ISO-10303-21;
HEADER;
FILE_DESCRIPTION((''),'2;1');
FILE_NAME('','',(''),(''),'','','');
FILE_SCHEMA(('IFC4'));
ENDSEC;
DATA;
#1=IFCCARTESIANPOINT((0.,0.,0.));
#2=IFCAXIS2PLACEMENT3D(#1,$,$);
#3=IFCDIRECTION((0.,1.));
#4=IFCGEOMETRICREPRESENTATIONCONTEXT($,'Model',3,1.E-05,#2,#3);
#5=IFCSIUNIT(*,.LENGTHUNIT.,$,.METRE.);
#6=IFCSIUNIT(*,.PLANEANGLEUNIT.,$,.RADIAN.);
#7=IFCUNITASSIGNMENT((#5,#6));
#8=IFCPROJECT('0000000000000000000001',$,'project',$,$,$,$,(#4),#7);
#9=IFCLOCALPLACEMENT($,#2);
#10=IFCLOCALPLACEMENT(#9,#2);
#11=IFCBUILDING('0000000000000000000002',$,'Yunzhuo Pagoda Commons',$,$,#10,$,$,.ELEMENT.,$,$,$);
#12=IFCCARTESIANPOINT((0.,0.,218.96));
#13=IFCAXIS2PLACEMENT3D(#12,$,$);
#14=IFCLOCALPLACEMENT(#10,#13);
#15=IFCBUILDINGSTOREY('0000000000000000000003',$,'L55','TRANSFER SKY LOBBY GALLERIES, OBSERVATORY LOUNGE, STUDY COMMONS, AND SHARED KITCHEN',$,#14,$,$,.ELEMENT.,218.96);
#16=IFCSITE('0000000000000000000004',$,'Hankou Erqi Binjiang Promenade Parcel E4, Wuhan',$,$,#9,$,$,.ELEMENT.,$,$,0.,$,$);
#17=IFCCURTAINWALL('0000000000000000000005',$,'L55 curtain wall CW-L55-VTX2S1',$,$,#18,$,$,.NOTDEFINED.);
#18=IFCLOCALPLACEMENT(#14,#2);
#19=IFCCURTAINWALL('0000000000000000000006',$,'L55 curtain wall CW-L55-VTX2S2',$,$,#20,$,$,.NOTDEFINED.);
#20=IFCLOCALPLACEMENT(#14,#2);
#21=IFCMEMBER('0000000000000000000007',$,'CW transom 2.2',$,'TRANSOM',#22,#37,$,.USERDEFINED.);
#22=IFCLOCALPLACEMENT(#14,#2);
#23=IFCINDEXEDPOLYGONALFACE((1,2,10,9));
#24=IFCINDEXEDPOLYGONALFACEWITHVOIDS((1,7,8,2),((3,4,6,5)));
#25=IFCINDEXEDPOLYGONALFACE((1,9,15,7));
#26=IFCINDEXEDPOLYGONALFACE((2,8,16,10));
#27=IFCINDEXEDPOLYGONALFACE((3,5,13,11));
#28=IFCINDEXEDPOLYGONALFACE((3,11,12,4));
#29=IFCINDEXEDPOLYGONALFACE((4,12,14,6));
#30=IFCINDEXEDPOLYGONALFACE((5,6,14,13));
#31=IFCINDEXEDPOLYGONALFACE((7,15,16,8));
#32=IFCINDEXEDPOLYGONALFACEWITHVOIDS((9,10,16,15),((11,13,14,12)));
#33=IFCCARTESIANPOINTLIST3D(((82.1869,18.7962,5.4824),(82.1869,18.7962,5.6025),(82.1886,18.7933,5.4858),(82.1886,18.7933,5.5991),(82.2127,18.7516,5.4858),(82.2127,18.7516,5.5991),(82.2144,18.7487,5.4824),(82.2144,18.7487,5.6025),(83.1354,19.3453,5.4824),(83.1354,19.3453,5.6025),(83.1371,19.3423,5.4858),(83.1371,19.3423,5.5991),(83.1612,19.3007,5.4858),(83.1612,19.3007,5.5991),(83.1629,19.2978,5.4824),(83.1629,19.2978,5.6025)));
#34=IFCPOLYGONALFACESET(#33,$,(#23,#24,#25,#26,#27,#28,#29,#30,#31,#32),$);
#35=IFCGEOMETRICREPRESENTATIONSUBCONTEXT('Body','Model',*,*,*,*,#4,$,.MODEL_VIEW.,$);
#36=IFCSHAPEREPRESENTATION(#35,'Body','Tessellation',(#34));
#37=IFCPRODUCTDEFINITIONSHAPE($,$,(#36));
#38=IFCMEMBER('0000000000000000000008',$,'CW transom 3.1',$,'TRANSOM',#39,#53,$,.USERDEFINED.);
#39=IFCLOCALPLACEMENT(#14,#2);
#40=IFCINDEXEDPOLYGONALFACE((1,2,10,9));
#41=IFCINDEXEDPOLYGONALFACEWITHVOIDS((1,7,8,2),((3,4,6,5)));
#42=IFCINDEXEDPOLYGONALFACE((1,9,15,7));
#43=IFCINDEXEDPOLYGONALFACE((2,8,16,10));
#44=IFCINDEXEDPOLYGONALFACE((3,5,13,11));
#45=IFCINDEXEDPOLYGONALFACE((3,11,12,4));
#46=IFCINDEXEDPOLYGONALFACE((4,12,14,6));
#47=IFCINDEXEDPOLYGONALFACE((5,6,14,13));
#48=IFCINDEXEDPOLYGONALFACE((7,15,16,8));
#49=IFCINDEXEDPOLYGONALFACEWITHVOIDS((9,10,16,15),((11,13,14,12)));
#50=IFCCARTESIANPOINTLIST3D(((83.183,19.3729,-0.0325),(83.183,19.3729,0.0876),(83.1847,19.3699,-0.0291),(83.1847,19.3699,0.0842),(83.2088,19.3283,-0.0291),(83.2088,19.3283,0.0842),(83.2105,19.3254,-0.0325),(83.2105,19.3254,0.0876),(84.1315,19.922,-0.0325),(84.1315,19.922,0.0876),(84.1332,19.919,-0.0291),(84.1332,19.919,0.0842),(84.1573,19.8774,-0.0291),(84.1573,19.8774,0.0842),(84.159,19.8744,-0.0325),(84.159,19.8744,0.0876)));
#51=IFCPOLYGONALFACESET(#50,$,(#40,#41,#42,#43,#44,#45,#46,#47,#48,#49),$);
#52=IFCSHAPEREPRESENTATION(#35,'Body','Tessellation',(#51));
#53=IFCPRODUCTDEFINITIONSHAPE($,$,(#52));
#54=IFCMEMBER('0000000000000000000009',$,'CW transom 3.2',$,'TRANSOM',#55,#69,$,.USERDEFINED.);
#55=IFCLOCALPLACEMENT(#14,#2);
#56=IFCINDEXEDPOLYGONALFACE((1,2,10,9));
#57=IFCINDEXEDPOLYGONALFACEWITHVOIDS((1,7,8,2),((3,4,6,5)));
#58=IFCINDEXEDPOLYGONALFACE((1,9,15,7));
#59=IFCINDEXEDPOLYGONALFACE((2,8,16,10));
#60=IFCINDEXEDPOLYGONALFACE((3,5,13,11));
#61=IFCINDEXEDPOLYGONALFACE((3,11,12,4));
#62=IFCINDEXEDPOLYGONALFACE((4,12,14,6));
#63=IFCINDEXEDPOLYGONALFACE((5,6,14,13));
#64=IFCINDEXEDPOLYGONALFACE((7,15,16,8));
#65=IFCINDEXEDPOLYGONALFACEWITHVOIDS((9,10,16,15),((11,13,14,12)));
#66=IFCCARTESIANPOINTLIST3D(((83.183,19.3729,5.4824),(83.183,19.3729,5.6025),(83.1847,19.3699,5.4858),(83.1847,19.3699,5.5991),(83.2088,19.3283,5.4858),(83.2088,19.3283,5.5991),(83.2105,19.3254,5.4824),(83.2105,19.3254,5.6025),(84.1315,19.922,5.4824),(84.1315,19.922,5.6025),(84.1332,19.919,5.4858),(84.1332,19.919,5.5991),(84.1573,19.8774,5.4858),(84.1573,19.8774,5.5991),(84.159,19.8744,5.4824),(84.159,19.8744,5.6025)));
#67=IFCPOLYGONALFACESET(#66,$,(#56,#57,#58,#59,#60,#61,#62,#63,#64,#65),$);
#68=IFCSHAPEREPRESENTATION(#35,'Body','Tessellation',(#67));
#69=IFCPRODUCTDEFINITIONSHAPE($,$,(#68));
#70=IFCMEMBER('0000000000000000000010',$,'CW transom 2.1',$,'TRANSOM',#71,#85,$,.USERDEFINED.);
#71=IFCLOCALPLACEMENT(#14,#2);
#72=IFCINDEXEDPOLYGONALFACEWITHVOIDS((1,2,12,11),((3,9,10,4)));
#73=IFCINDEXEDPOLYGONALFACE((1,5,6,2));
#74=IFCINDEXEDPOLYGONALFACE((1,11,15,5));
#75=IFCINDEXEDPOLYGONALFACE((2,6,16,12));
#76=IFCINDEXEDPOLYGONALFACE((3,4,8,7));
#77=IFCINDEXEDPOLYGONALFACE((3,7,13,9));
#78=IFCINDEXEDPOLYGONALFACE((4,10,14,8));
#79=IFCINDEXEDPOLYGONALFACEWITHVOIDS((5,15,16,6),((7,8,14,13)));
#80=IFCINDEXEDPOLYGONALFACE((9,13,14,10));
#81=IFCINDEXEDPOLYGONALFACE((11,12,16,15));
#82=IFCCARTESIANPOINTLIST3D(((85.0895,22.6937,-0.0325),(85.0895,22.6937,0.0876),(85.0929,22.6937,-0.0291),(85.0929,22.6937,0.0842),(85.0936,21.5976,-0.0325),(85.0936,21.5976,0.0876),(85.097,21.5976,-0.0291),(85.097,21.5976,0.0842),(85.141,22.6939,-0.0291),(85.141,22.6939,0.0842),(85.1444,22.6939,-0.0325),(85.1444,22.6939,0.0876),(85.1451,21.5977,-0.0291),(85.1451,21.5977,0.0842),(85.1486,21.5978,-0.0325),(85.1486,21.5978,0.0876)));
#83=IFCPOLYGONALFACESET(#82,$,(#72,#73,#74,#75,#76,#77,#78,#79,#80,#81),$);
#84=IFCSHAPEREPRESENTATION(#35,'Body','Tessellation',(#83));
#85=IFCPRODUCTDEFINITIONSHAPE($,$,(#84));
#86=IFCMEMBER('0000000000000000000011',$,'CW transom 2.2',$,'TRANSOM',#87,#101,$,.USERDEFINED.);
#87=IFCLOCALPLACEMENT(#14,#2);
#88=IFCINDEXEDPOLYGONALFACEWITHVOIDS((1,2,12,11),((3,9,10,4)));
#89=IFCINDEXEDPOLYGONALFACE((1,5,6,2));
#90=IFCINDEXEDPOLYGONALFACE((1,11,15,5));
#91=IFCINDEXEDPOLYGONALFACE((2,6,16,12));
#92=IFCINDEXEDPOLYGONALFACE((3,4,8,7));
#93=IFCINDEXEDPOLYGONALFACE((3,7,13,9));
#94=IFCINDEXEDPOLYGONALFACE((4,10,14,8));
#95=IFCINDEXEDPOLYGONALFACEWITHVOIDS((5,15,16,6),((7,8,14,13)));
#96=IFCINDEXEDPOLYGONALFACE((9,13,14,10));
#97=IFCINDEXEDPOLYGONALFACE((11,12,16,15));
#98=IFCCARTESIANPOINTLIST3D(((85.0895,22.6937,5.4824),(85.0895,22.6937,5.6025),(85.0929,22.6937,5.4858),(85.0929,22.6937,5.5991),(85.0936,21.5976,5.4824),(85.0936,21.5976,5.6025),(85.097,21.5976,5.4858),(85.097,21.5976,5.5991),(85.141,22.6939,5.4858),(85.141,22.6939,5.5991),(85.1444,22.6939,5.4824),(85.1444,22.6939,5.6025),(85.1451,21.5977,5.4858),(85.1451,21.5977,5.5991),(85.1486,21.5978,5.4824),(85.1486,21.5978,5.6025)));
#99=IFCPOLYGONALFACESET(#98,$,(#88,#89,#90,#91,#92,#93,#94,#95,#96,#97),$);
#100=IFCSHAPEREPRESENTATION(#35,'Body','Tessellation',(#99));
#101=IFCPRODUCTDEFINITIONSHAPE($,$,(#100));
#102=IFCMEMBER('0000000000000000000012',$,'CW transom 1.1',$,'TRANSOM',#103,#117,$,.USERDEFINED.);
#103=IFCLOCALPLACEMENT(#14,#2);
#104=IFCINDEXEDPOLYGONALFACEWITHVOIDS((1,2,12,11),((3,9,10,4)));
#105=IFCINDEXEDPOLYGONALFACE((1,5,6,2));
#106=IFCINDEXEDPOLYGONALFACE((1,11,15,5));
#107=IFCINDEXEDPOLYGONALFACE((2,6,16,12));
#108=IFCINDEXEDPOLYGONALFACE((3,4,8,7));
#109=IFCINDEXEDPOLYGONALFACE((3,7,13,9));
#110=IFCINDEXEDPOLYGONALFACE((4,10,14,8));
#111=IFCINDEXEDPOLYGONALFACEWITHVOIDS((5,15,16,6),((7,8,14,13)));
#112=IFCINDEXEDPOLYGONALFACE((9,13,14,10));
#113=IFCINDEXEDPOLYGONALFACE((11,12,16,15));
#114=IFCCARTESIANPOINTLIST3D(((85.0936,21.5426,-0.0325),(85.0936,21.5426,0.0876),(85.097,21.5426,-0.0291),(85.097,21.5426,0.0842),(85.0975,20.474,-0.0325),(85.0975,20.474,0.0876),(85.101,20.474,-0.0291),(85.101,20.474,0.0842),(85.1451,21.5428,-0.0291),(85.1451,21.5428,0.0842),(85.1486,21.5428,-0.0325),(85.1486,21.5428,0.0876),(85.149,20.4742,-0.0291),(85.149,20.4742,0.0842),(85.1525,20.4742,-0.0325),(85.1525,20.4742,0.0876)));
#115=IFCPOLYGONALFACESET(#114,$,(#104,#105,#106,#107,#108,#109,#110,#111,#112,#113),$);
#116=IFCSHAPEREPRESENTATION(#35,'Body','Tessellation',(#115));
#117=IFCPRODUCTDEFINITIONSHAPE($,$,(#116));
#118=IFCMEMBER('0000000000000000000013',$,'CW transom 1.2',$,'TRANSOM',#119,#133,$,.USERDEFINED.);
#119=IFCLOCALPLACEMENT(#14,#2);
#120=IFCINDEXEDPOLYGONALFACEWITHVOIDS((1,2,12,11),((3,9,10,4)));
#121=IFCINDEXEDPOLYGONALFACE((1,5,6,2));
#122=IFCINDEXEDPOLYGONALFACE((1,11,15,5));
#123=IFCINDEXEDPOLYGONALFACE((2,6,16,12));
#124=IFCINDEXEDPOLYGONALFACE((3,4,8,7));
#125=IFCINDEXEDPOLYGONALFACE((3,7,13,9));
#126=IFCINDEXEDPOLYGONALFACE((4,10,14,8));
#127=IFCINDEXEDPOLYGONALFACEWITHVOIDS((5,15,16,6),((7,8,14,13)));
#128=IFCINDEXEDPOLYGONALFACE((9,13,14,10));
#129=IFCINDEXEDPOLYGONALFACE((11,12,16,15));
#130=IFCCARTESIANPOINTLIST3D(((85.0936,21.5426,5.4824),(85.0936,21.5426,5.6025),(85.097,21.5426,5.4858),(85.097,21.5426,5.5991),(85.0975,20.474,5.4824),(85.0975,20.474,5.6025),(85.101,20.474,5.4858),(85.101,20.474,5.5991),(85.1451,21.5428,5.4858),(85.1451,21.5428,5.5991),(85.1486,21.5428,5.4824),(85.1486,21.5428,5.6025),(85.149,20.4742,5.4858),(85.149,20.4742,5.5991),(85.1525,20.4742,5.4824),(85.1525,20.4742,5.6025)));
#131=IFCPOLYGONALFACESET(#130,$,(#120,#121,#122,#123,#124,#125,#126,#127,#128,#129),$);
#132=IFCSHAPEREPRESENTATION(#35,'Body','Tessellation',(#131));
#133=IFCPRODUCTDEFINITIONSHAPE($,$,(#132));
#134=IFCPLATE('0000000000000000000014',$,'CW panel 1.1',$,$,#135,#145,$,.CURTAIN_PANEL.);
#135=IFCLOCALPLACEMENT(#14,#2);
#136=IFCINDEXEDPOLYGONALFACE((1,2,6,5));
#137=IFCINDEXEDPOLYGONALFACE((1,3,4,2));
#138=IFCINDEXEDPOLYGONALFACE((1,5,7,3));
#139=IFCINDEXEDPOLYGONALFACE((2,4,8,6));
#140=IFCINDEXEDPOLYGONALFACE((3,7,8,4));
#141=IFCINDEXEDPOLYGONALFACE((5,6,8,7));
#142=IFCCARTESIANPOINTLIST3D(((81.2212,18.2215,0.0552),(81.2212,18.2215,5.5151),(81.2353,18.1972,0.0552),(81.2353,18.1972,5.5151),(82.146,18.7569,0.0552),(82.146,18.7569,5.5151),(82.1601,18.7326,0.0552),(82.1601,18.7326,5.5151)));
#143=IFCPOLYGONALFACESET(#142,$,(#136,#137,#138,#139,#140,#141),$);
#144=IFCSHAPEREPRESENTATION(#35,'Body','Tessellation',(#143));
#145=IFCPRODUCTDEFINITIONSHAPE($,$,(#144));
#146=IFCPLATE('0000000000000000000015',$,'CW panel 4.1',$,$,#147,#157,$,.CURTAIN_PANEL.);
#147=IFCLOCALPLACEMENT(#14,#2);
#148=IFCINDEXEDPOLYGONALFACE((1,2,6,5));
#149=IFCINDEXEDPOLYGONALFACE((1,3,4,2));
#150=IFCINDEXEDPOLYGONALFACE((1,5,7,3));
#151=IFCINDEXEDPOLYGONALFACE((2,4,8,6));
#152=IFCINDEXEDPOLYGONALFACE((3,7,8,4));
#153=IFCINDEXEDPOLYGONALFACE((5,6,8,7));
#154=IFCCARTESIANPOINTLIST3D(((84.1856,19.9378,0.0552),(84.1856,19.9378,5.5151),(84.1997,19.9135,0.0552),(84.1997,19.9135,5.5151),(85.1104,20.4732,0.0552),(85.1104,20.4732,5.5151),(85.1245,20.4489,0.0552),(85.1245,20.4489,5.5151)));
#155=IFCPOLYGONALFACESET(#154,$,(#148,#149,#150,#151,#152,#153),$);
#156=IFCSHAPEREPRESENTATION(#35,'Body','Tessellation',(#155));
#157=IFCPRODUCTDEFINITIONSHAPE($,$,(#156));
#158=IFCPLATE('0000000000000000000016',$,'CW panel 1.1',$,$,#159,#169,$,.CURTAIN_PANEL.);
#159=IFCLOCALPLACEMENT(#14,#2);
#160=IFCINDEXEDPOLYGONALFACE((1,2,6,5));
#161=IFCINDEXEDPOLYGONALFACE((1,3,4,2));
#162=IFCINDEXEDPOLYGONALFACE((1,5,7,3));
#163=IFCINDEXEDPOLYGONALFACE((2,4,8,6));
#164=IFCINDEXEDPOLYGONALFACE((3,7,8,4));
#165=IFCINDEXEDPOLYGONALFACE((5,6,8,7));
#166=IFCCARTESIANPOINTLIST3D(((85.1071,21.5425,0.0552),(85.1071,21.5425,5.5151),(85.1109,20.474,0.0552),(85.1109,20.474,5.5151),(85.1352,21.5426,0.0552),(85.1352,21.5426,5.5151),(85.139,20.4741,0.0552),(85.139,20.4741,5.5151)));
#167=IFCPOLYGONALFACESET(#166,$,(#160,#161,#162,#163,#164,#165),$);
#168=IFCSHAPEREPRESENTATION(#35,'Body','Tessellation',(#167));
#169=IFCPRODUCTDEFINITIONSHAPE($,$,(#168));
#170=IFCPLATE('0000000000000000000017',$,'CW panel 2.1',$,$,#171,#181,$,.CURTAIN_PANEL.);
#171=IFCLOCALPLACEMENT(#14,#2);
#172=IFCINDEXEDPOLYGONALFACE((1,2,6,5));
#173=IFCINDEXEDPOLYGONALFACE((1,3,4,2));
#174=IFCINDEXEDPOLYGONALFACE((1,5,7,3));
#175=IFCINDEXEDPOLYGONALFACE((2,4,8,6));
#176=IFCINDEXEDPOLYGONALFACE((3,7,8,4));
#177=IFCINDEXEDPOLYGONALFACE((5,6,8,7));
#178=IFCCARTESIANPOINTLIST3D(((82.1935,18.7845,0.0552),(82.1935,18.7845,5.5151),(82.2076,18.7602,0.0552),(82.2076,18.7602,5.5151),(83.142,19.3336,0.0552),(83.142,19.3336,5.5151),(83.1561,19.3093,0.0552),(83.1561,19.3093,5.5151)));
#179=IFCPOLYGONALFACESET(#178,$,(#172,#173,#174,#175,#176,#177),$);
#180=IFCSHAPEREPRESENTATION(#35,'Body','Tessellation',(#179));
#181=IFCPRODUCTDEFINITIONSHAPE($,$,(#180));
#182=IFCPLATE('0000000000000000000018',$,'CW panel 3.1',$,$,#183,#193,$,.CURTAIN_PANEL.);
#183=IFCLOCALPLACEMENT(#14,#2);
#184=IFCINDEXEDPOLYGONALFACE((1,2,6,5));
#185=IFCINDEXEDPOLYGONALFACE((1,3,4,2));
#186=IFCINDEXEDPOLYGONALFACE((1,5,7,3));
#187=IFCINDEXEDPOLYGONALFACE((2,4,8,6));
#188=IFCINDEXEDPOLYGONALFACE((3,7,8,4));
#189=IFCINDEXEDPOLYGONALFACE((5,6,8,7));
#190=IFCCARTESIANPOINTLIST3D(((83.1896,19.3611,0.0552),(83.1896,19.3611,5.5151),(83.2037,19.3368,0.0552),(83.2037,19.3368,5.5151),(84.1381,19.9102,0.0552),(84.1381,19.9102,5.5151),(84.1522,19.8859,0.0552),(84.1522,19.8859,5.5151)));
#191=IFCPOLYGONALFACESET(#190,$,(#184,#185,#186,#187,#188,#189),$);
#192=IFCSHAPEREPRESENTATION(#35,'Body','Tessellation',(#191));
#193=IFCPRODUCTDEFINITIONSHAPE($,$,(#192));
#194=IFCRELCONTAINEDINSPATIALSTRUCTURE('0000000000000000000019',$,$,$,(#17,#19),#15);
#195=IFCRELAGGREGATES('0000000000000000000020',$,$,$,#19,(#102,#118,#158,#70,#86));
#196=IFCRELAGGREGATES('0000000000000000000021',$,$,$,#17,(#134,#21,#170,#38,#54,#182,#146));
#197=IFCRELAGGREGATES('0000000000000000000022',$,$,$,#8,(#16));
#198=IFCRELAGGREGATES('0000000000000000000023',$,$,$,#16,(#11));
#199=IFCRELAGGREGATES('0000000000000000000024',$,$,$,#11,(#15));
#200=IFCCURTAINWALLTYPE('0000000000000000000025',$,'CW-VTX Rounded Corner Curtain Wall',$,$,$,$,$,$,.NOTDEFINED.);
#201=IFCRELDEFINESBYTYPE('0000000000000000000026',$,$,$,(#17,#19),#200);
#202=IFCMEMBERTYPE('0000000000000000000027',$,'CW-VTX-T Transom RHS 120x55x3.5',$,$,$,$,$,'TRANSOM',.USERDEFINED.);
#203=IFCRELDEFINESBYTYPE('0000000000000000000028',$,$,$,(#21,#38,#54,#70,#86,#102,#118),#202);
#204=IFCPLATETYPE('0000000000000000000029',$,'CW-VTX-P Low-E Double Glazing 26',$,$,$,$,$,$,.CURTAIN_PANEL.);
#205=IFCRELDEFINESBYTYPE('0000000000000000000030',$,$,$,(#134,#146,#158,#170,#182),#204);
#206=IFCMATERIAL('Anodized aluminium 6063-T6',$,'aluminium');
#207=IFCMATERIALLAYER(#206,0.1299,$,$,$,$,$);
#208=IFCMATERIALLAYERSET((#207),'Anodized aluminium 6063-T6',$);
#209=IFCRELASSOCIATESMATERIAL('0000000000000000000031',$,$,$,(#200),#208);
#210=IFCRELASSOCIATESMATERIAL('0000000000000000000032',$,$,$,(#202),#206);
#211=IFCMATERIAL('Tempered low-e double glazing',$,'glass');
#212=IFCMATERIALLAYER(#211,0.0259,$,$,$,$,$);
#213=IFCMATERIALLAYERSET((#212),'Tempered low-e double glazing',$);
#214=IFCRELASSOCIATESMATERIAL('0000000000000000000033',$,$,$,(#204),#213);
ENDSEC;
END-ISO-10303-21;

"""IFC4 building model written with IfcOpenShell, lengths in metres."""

from ifc_helpers import new_model, si_unit, direction, frame, origin, origin_2d, place, context, subcontext, project, spatial, rectangle, hollow_rectangle, extrude, source, transform, mapped, material, layer, layer_set, material_profile, profile_set, type_object, element, aggregate, save


model = new_model("IFC4")

# Units and contexts
model_context = context("Model", 3, precision=1e-05, world=origin(), true_north=direction((0.0, 1.0)))
body_context = subcontext(model_context, "Body", "Model", "MODEL_VIEW")
ifc_project = project(units=[si_unit("LENGTHUNIT", "METRE"), si_unit("PLANEANGLEUNIT", "RADIAN")], contexts=[model_context])

# Site, building, storey
site_placement = place(None, origin())
site = spatial("IfcSite", under=ifc_project, at=site_placement, Name="Hankou Erqi Binjiang Promenade Parcel E4, Wuhan", CompositionType="ELEMENT", RefElevation=0.0)
building_placement = place(site_placement, origin())
building = spatial("IfcBuilding", under=site, at=building_placement, Name="Yunzhuo Pagoda Commons", CompositionType="ELEMENT")
storey_placement = place(building_placement, frame((0.0, 0.0, 218.96)))
storey = spatial("IfcBuildingStorey", under=building, at=storey_placement, Name="L55", Description="TRANSFER SKY LOBBY GALLERIES, OBSERVATORY LOUNGE, STUDY COMMONS, AND SHARED KITCHEN", CompositionType="ELEMENT", Elevation=218.96)

# Shared definitions
ifc_material_1 = material(Name="Anodized aluminium 6063-T6", Category="aluminium")

# Curtain wall
ifc_layer_1 = layer(ifc_material_1, 0.1299)
ifc_layer_set_1 = layer_set([ifc_layer_1], Name="Anodized aluminium 6063-T6")
curtain_wall_type_1 = type_object("IfcCurtainWallType", Name="CW-VTX Rounded Corner Curtain Wall", PredefinedType="NOTDEFINED", material=ifc_layer_set_1)
curtain_wall_1_placement = place(storey_placement, origin())
curtain_wall_1 = element("IfcCurtainWall", 1, at=curtain_wall_1_placement, inside=storey, type_object=curtain_wall_type_1, Name="L55 curtain wall CW-L55-VTX2S1", PredefinedType="NOTDEFINED")

# Curtain wall
curtain_wall_2_placement = place(storey_placement, origin())
curtain_wall_2 = element("IfcCurtainWall", 2, at=curtain_wall_2_placement, inside=storey, type_object=curtain_wall_type_1, Name="L55 curtain wall CW-L55-VTX2S2", PredefinedType="NOTDEFINED")

# Members
ifc_material_profile_1 = material_profile(ifc_material_1, hollow_rectangle(XDim=0.0549, YDim=0.1201, WallThickness=0.0034, at=origin_2d()), Name="Anodized aluminium 6063-T6")
ifc_profile_set_1 = profile_set([ifc_material_profile_1], Name="Anodized aluminium 6063-T6")
member_type_1 = type_object("IfcMemberType", Name="CW-VTX-T Transom RHS 120x55x3.5", ElementType="TRANSOM", PredefinedType="USERDEFINED", material=ifc_profile_set_1)
shared_shape_1 = source(origin(), body_context, "Body", "SweptSolid", [
    extrude(hollow_rectangle(XDim=0.0549, YDim=0.1201, WallThickness=0.0034, at=origin_2d()), origin(), (0.0, 0.0, 1.0), 1.0959),
])
member_1_placement = place(storey_placement, frame((82.2007, 18.7725, 5.5425), z_axis=(0.865447, 0.501001, 0.0), x_axis=(-0.501001, 0.865447, 0.0)))
member_1 = element("IfcMember", 3, at=member_1_placement, type_object=member_type_1, Name="CW transom 2.2", ObjectType="TRANSOM", PredefinedType="USERDEFINED", context=body_context, shape_type="MappedRepresentation", body=[
    mapped(shared_shape_1, transform((0.0, 0.0, 0.0), scale=1.0)),
])
member_2_placement = place(storey_placement, frame((83.1968, 19.3491, 0.0276), z_axis=(0.865447, 0.501001, 0.0), x_axis=(-0.501001, 0.865447, 0.0)))
member_2 = element("IfcMember", 4, at=member_2_placement, type_object=member_type_1, Name="CW transom 3.1", ObjectType="TRANSOM", PredefinedType="USERDEFINED", context=body_context, shape_type="MappedRepresentation", body=[
    mapped(shared_shape_1, transform((0.0, 0.0, 0.0), scale=1.0)),
])
member_3_placement = place(storey_placement, frame((83.1968, 19.3491, 5.5425), z_axis=(0.865447, 0.501001, 0.0), x_axis=(-0.501001, 0.865447, 0.0)))
member_3 = element("IfcMember", 5, at=member_3_placement, type_object=member_type_1, Name="CW transom 3.2", ObjectType="TRANSOM", PredefinedType="USERDEFINED", context=body_context, shape_type="MappedRepresentation", body=[
    mapped(shared_shape_1, transform((0.0, 0.0, 0.0), scale=1.0)),
])
shared_shape_2 = source(origin(), body_context, "Body", "SweptSolid", [
    extrude(hollow_rectangle(XDim=0.0549, YDim=0.1201, WallThickness=0.0034, at=origin_2d()), origin(), (0.0, 0.0, 1.0), 1.0962),
])
member_4_placement = place(storey_placement, frame((85.1211, 21.5977, 0.0276), z_axis=(-0.003786, 0.999993, 0.0), x_axis=(-0.999993, -0.003786, 0.0)))
member_4 = element("IfcMember", 6, at=member_4_placement, type_object=member_type_1, Name="CW transom 2.1", ObjectType="TRANSOM", PredefinedType="USERDEFINED", context=body_context, shape_type="MappedRepresentation", body=[
    mapped(shared_shape_2, transform((0.0, 0.0, 0.0), scale=1.0)),
])
member_5_placement = place(storey_placement, frame((85.1211, 21.5977, 5.5425), z_axis=(-0.003786, 0.999993, 0.0), x_axis=(-0.999993, -0.003786, 0.0)))
member_5 = element("IfcMember", 7, at=member_5_placement, type_object=member_type_1, Name="CW transom 2.2", ObjectType="TRANSOM", PredefinedType="USERDEFINED", context=body_context, shape_type="MappedRepresentation", body=[
    mapped(shared_shape_2, transform((0.0, 0.0, 0.0), scale=1.0)),
])
shared_shape_3 = source(origin(), body_context, "Body", "SweptSolid", [
    extrude(hollow_rectangle(XDim=0.0549, YDim=0.1201, WallThickness=0.0034, at=origin_2d()), origin(), (0.0, 0.0, 1.0), 1.0686),
])
member_6_placement = place(storey_placement, frame((85.125, 20.4741, 0.0276), z_axis=(-0.003655, 0.999993, 0.0), x_axis=(-0.999993, -0.003655, 0.0)))
member_6 = element("IfcMember", 8, at=member_6_placement, type_object=member_type_1, Name="CW transom 1.1", ObjectType="TRANSOM", PredefinedType="USERDEFINED", context=body_context, shape_type="MappedRepresentation", body=[
    mapped(shared_shape_3, transform((0.0, 0.0, 0.0), scale=1.0)),
])
member_7_placement = place(storey_placement, frame((85.125, 20.4741, 5.5425), z_axis=(-0.003655, 0.999993, 0.0), x_axis=(-0.999993, -0.003655, 0.0)))
member_7 = element("IfcMember", 9, at=member_7_placement, type_object=member_type_1, Name="CW transom 1.2", ObjectType="TRANSOM", PredefinedType="USERDEFINED", context=body_context, shape_type="MappedRepresentation", body=[
    mapped(shared_shape_3, transform((0.0, 0.0, 0.0), scale=1.0)),
])

# Plates
ifc_material_2 = material(Name="Tempered low-e double glazing", Category="glass")
ifc_layer_2 = layer(ifc_material_2, 0.0259)
ifc_layer_set_2 = layer_set([ifc_layer_2], Name="Tempered low-e double glazing")
plate_type = type_object("IfcPlateType", Name="CW-VTX-P Low-E Double Glazing 26", PredefinedType="CURTAIN_PANEL", material=ifc_layer_set_2)
shared_shape_4 = source(origin(), body_context, "Body", "SweptSolid", [
    extrude(rectangle(XDim=1.0686, YDim=0.0281, at=origin_2d()), origin(), (0.0, 0.0, 1.0), 5.46),
])
plate_1_placement = place(storey_placement, frame((81.6907, 18.4771, 0.0552), z_axis=(0.0, 0.0, 1.0), x_axis=(0.865432, 0.501027, 0.0)))
plate_1 = element("IfcPlate", 10, at=plate_1_placement, type_object=plate_type, Name="CW panel 1.1", PredefinedType="CURTAIN_PANEL", context=body_context, shape_type="MappedRepresentation", body=[
    mapped(shared_shape_4, transform((0.0, 0.0, 0.0), scale=1.0)),
])
plate_2_placement = place(storey_placement, frame((84.655, 20.1934, 0.0552), z_axis=(0.0, 0.0, 1.0), x_axis=(0.865432, 0.501027, 0.0)))
plate_2 = element("IfcPlate", 11, at=plate_2_placement, type_object=plate_type, Name="CW panel 4.1", PredefinedType="CURTAIN_PANEL", context=body_context, shape_type="MappedRepresentation", body=[
    mapped(shared_shape_4, transform((0.0, 0.0, 0.0), scale=1.0)),
])
plate_3_placement = place(storey_placement, frame((85.123, 21.0083, 0.0552), z_axis=(0.0, 0.0, 1.0), x_axis=(-0.003584, 0.999994, 0.0)))
plate_3 = element("IfcPlate", 12, at=plate_3_placement, type_object=plate_type, Name="CW panel 1.1", PredefinedType="CURTAIN_PANEL", context=body_context, shape_type="MappedRepresentation", body=[
    mapped(shared_shape_4, transform((0.0, 0.0, 0.0), scale=1.0)),
])
aggregate(curtain_wall_2, [member_6, member_7, plate_3, member_4, member_5])
shared_shape_5 = source(origin(), body_context, "Body", "SweptSolid", [
    extrude(rectangle(XDim=1.0959, YDim=0.0281, at=origin_2d()), origin(), (0.0, 0.0, 1.0), 5.46),
])
plate_4_placement = place(storey_placement, frame((82.6748, 19.0469, 0.0552), z_axis=(0.0, 0.0, 1.0), x_axis=(0.865432, 0.501027, 0.0)))
plate_4 = element("IfcPlate", 13, at=plate_4_placement, type_object=plate_type, Name="CW panel 2.1", PredefinedType="CURTAIN_PANEL", context=body_context, shape_type="MappedRepresentation", body=[
    mapped(shared_shape_5, transform((0.0, 0.0, 0.0), scale=1.0)),
])
plate_5_placement = place(storey_placement, frame((83.6709, 19.6235, 0.0552), z_axis=(0.0, 0.0, 1.0), x_axis=(0.865432, 0.501027, 0.0)))
plate_5 = element("IfcPlate", 14, at=plate_5_placement, type_object=plate_type, Name="CW panel 3.1", PredefinedType="CURTAIN_PANEL", context=body_context, shape_type="MappedRepresentation", body=[
    mapped(shared_shape_5, transform((0.0, 0.0, 0.0), scale=1.0)),
])
aggregate(curtain_wall_1, [plate_1, member_1, plate_4, member_2, member_3, plate_5, plate_2])

save(model, "model.ifc")
